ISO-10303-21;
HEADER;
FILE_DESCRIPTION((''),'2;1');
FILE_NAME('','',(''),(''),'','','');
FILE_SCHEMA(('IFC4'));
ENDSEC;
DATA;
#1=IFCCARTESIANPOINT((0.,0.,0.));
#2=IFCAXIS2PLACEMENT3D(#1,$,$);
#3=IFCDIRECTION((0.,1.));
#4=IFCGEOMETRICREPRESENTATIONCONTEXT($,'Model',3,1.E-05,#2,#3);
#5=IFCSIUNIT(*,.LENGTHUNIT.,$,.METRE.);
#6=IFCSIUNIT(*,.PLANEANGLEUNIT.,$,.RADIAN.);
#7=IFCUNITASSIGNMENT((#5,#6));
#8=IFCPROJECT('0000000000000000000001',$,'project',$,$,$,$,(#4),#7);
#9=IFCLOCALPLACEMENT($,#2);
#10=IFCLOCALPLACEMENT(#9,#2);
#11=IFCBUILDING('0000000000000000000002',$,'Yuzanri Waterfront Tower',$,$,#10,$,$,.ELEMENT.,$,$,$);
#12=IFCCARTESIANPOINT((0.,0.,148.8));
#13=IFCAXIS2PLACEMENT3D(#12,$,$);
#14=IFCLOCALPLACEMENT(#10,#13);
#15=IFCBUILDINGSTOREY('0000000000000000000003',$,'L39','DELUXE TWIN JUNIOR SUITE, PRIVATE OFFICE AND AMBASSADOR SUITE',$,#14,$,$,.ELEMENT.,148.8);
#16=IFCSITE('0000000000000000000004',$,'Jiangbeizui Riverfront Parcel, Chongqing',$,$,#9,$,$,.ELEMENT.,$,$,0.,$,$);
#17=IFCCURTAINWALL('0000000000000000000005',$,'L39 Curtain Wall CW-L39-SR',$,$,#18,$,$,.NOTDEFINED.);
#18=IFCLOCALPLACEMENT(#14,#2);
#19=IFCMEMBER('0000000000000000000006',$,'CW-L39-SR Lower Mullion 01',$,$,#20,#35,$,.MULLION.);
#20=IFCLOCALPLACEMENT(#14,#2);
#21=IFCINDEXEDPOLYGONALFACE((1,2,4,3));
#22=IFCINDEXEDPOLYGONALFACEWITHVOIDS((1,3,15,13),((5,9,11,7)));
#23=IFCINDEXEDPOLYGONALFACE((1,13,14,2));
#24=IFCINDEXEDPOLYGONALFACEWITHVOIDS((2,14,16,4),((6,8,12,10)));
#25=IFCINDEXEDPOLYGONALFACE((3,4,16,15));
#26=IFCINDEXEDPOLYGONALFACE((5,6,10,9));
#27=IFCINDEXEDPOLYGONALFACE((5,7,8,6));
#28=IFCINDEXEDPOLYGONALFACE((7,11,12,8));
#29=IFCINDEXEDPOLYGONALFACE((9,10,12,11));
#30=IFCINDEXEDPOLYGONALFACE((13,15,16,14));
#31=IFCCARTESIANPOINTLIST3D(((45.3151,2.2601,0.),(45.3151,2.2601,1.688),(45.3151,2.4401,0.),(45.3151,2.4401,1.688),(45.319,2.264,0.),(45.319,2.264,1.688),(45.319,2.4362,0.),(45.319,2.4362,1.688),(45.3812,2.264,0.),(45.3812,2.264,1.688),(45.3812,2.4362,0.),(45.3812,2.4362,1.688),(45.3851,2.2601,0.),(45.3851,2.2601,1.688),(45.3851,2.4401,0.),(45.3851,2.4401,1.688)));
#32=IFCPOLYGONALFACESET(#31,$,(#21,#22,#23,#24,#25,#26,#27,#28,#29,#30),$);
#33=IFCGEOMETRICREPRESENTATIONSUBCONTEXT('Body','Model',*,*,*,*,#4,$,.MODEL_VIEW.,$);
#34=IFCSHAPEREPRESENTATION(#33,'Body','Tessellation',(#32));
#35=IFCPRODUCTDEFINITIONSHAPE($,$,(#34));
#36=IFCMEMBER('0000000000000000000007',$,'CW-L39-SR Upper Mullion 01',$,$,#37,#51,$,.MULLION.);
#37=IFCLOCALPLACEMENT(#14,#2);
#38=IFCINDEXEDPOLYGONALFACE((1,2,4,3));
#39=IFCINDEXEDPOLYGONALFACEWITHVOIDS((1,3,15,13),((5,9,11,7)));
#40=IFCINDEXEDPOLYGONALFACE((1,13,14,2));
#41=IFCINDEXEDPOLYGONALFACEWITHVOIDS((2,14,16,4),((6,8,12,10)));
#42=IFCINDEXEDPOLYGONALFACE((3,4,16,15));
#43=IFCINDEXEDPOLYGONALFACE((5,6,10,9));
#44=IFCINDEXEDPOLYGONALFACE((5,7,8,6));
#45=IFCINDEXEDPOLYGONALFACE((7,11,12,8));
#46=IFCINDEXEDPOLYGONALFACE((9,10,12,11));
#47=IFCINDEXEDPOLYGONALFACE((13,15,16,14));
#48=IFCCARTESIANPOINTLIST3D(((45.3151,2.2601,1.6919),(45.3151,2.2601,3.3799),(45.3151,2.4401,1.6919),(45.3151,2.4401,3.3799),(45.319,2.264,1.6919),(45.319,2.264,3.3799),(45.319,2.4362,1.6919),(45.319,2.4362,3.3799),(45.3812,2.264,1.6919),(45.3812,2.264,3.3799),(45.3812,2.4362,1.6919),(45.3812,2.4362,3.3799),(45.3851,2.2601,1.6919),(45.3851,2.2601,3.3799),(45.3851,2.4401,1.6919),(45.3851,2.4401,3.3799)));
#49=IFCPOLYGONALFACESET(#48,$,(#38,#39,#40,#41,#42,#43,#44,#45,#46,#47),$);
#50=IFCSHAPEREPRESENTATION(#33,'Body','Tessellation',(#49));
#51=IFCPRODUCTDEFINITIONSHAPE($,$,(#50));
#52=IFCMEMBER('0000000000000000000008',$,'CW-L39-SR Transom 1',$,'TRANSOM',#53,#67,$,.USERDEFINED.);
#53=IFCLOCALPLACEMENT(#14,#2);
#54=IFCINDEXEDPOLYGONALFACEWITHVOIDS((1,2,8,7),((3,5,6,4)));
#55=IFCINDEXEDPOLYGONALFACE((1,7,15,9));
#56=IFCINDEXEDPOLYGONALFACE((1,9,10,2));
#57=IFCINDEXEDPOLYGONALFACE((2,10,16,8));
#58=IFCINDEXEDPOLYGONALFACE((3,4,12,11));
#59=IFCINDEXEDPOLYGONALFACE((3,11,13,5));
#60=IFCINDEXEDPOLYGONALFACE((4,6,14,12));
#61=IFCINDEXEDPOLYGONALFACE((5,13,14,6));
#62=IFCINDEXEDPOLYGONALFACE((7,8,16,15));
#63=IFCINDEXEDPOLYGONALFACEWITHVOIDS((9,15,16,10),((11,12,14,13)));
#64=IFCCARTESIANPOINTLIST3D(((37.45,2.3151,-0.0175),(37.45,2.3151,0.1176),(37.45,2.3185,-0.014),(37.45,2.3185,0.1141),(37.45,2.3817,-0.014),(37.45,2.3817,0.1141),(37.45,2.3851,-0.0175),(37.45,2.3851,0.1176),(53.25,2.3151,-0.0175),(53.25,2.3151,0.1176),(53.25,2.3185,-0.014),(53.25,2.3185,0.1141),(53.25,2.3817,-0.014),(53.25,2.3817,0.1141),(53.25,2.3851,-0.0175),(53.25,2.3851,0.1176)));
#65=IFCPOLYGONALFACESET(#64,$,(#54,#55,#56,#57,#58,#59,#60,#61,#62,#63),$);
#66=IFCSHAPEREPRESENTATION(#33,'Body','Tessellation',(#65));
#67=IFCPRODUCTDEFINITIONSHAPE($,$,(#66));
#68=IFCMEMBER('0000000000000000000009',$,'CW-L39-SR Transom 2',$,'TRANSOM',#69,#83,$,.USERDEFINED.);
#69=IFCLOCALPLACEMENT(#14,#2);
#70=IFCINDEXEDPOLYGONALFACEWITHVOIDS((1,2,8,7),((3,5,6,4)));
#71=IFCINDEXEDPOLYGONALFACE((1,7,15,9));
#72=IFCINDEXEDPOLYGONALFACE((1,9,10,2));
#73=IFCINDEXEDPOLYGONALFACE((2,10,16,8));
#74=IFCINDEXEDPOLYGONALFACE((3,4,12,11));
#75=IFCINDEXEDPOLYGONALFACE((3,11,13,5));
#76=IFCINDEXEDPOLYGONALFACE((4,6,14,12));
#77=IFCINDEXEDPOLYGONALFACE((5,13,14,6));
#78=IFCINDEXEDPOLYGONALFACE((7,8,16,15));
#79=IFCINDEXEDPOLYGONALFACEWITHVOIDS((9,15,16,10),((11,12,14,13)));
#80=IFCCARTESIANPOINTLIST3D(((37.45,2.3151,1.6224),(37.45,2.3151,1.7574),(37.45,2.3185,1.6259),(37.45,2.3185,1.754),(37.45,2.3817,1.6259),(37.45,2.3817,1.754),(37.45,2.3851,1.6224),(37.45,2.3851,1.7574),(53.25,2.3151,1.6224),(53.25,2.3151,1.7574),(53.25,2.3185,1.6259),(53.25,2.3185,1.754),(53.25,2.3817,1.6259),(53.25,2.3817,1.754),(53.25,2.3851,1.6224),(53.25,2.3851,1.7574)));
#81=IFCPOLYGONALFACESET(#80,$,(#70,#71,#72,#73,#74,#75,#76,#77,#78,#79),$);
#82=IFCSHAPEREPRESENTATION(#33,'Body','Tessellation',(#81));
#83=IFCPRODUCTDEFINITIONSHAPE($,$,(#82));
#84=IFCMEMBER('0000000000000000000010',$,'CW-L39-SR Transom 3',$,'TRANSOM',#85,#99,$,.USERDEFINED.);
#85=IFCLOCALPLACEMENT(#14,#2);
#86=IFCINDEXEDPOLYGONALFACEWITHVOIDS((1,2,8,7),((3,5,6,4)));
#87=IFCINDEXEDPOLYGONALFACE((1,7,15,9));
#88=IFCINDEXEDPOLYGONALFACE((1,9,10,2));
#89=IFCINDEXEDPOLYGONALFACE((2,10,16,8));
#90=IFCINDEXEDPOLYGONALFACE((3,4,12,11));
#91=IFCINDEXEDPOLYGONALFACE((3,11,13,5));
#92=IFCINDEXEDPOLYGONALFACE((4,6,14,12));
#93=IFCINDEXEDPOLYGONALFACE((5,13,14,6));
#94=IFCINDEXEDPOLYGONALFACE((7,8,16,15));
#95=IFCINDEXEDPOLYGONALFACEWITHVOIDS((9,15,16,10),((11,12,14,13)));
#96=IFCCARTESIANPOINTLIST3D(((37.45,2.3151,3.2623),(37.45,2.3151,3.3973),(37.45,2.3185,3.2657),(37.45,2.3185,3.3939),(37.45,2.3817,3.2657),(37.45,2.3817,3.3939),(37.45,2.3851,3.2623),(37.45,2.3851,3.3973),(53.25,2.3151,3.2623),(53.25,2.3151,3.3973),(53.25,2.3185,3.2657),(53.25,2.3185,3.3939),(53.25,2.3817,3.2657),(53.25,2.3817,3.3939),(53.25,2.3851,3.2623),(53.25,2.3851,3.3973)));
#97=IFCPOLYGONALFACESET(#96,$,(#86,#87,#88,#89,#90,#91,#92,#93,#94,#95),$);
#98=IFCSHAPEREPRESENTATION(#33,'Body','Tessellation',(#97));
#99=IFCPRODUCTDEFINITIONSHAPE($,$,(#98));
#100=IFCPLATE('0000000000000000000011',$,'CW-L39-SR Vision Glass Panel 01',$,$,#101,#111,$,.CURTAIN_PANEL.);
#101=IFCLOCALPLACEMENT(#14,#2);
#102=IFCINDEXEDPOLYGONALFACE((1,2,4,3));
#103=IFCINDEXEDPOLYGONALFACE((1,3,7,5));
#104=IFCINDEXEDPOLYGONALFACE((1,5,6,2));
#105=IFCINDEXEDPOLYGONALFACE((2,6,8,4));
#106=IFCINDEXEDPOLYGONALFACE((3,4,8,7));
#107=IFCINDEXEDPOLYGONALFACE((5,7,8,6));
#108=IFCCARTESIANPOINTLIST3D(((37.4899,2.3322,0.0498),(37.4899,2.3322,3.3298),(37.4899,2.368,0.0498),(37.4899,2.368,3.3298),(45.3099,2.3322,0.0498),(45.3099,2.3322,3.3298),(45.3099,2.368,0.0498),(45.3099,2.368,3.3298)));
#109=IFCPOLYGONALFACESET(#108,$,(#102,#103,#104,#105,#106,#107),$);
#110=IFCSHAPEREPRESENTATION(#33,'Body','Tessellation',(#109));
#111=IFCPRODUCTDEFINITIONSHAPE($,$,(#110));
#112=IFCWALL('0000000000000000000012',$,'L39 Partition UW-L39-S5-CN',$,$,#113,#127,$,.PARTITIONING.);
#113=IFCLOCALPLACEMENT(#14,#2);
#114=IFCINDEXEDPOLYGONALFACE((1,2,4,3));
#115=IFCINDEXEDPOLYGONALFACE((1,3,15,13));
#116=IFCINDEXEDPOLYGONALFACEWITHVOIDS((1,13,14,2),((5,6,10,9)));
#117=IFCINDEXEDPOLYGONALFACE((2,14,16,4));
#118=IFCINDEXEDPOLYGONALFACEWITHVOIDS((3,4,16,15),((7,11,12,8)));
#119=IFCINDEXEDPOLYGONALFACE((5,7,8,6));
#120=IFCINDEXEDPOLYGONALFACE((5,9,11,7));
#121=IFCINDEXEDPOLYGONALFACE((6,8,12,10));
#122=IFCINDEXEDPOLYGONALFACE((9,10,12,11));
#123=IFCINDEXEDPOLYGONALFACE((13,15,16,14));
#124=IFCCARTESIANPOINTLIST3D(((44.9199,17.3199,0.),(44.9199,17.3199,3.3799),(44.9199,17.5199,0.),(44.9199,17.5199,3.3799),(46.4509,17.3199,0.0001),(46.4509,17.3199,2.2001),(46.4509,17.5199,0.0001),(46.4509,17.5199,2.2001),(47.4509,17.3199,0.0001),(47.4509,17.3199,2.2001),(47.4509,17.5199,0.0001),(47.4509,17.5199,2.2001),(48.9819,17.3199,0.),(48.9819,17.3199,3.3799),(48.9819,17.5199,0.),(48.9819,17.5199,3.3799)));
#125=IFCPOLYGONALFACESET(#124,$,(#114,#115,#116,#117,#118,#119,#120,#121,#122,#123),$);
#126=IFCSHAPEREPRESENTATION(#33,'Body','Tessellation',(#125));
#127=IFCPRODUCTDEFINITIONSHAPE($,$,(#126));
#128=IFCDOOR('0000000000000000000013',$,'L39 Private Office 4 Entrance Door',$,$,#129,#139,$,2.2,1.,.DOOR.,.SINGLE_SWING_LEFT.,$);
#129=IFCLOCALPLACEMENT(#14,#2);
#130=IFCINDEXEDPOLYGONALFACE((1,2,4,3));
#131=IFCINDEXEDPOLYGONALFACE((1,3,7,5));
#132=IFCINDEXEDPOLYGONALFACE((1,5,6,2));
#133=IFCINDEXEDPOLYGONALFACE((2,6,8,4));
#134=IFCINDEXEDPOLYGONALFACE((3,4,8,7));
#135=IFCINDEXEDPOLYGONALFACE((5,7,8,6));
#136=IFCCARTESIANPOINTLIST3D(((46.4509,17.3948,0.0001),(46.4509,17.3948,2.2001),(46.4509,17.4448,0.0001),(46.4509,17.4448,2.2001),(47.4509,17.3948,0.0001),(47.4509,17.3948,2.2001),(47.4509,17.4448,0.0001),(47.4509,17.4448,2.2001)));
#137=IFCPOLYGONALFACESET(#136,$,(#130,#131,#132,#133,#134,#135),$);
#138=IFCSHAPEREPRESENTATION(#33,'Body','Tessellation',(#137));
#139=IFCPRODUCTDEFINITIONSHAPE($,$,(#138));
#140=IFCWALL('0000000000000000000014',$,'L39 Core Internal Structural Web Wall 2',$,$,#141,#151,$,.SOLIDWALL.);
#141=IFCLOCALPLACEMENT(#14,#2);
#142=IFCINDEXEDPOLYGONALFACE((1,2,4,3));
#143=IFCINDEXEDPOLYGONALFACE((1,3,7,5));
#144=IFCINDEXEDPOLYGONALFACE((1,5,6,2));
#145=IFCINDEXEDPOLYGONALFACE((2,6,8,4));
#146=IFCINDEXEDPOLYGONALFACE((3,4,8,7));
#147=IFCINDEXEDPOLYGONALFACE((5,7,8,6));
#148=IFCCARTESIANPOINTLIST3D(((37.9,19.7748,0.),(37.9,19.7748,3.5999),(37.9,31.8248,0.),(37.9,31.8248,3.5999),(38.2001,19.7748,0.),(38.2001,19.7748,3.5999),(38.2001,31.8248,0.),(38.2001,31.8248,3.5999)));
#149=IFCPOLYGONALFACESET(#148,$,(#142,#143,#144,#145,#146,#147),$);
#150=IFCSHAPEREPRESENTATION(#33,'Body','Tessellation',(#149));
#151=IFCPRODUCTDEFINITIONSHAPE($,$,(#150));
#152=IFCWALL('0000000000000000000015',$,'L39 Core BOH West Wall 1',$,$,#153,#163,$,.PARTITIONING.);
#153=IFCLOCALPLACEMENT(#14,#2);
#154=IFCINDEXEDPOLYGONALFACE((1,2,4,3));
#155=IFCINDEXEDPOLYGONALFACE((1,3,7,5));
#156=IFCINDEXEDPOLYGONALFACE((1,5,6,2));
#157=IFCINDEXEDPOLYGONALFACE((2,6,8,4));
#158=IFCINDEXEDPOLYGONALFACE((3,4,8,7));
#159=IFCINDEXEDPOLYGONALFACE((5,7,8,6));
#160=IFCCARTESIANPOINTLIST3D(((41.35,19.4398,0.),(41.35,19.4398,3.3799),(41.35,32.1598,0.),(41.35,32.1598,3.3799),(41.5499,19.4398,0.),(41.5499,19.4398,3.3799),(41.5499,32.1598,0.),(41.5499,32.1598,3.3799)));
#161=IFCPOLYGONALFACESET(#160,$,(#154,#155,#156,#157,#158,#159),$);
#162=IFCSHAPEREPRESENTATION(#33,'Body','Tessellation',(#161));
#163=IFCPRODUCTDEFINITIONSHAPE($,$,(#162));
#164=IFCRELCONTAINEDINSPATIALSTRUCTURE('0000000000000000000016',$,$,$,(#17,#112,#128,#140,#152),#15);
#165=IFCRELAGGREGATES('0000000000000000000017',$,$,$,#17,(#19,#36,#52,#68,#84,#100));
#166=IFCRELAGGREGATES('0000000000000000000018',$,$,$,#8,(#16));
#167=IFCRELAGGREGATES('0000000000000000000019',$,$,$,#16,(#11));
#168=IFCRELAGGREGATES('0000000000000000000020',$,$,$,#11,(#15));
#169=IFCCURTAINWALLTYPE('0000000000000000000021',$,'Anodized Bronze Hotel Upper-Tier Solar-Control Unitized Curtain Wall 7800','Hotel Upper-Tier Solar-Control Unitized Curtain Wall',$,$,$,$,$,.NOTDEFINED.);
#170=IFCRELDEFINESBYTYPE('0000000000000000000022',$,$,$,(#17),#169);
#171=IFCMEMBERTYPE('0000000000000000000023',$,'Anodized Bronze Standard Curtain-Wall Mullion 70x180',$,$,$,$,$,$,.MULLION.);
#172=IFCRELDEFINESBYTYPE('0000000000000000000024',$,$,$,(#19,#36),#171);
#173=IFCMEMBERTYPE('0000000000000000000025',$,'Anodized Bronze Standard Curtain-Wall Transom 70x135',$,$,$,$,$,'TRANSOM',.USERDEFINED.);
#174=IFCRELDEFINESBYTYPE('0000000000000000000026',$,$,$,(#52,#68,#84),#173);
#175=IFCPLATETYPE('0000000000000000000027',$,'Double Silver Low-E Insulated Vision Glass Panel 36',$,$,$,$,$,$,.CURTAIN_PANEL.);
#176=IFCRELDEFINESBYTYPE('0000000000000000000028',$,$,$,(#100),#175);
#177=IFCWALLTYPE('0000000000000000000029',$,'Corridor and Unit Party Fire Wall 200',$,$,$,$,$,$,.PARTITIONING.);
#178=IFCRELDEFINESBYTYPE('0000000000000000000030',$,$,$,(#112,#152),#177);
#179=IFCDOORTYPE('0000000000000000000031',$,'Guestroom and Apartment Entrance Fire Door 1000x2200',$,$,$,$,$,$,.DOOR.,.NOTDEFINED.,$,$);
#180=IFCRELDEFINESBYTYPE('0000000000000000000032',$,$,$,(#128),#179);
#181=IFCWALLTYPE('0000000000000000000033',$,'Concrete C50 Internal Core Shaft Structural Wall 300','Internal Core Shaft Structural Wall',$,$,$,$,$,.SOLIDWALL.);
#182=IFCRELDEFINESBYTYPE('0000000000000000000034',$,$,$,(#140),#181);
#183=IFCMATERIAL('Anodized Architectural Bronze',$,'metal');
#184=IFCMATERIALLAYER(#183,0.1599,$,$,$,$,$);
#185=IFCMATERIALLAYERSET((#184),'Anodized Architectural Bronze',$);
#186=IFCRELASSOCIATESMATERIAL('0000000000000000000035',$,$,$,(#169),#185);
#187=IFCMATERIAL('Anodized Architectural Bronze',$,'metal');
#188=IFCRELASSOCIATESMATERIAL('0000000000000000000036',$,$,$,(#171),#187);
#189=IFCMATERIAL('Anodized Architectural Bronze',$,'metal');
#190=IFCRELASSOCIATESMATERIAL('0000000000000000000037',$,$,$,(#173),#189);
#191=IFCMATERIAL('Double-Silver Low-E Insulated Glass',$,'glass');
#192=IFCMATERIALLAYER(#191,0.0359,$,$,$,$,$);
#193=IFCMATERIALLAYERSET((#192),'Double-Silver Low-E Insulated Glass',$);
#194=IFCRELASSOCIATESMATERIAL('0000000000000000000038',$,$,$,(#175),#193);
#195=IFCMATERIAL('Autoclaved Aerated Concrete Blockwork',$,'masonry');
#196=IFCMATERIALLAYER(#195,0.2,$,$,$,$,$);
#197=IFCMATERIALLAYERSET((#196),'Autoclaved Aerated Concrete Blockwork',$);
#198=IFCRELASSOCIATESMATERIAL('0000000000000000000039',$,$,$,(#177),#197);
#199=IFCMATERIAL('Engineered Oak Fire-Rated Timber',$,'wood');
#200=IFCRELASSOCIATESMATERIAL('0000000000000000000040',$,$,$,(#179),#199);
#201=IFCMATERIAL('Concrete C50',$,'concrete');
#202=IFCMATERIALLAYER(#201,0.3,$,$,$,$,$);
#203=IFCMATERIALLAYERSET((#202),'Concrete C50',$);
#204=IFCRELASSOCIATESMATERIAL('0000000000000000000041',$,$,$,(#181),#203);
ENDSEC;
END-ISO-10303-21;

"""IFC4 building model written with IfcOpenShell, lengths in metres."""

from ifc_helpers import new_model, si_unit, direction, frame, frame_2d, origin, origin_2d, place, context, subcontext, project, spatial, rectangle, hollow_rectangle, extrude, source, transform, mapped, material, layer, layer_set, material_profile, profile_set, type_object, element, fill, aggregate, save


model = new_model("IFC4")

# Units and contexts
model_context = context("Model", 3, precision=1e-05, world=origin(), true_north=direction((0.0, 1.0)))
body_context = subcontext(model_context, "Body", "Model", "MODEL_VIEW")
ifc_project = project(units=[si_unit("LENGTHUNIT", "METRE"), si_unit("PLANEANGLEUNIT", "RADIAN")], contexts=[model_context])

# Site, building, storey
site_placement = place(None, origin())
site = spatial("IfcSite", under=ifc_project, at=site_placement, Name="Jiangbeizui Riverfront Parcel, Chongqing", CompositionType="ELEMENT", RefElevation=0.0)
building_placement = place(site_placement, origin())
building = spatial("IfcBuilding", under=site, at=building_placement, Name="Yuzanri Waterfront Tower", CompositionType="ELEMENT")
storey_placement = place(building_placement, frame((0.0, 0.0, 148.8)))
storey = spatial("IfcBuildingStorey", under=building, at=storey_placement, Name="L39", Description="DELUXE TWIN JUNIOR SUITE, PRIVATE OFFICE AND AMBASSADOR SUITE", CompositionType="ELEMENT", Elevation=148.8)

# Curtain wall, members, plate
ifc_material_1 = material(Name="Anodized Architectural Bronze", Category="metal")
ifc_layer_1 = layer(ifc_material_1, 0.1599)
ifc_layer_set_1 = layer_set([ifc_layer_1], Name="Anodized Architectural Bronze")
curtain_wall_type = type_object("IfcCurtainWallType", Name="Anodized Bronze Hotel Upper-Tier Solar-Control Unitized Curtain Wall 7800", Description="Hotel Upper-Tier Solar-Control Unitized Curtain Wall", PredefinedType="NOTDEFINED", material=ifc_layer_set_1)
curtain_wall_placement = place(storey_placement, origin())
curtain_wall = element("IfcCurtainWall", 1, at=curtain_wall_placement, inside=storey, type_object=curtain_wall_type, Name="L39 Curtain Wall CW-L39-SR", PredefinedType="NOTDEFINED")
ifc_material_2 = material(Name="Anodized Architectural Bronze", Category="metal")
ifc_material_profile_1 = material_profile(ifc_material_2, hollow_rectangle(XDim=0.0701, YDim=0.1799, WallThickness=0.0039, at=origin_2d()), Name="CWM 70x180")
ifc_profile_set_1 = profile_set([ifc_material_profile_1], Name="Anodized Architectural Bronze")
member_type_1 = type_object("IfcMemberType", Name="Anodized Bronze Standard Curtain-Wall Mullion 70x180", PredefinedType="MULLION", material=ifc_profile_set_1)
shared_shape_1 = source(origin(), body_context, "Body", "SweptSolid", [
    extrude(hollow_rectangle(XDim=0.0701, YDim=0.1799, WallThickness=0.0039, at=origin_2d()), origin(), (0.0, 0.0, 1.0), 1.688),
])
member_1_placement = place(storey_placement, frame((45.3501, 2.3501, 0.0), z_axis=(0.0, 0.0, 1.0), x_axis=(1.0, 0.0, 0.0)))
member_1 = element("IfcMember", 2, at=member_1_placement, type_object=member_type_1, Name="CW-L39-SR Lower Mullion 01", PredefinedType="MULLION", context=body_context, shape_type="MappedRepresentation", body=[
    mapped(shared_shape_1, transform((0.0, 0.0, 0.0), scale=1.0)),
])
member_2_placement = place(storey_placement, frame((45.3501, 2.3501, 1.6919), z_axis=(0.0, 0.0, 1.0), x_axis=(1.0, 0.0, 0.0)))
member_2 = element("IfcMember", 3, at=member_2_placement, type_object=member_type_1, Name="CW-L39-SR Upper Mullion 01", PredefinedType="MULLION", context=body_context, shape_type="MappedRepresentation", body=[
    mapped(shared_shape_1, transform((0.0, 0.0, 0.0), scale=1.0)),
])
ifc_material_3 = material(Name="Anodized Architectural Bronze", Category="metal")
ifc_material_profile_2 = material_profile(ifc_material_3, hollow_rectangle(XDim=0.0701, YDim=0.135, WallThickness=0.0034, at=origin_2d()), Name="CWT 70x135")
ifc_profile_set_2 = profile_set([ifc_material_profile_2], Name="Anodized Architectural Bronze")
member_type_2 = type_object("IfcMemberType", Name="Anodized Bronze Standard Curtain-Wall Transom 70x135", ElementType="TRANSOM", PredefinedType="USERDEFINED", material=ifc_profile_set_2)
shared_shape_2 = source(origin(), body_context, "Body", "SweptSolid", [
    extrude(hollow_rectangle(XDim=0.0701, YDim=0.135, WallThickness=0.0034, at=origin_2d()), origin(), (0.0, 0.0, 1.0), 15.8),
])
member_3_placement = place(storey_placement, frame((37.45, 2.3501, 0.05), z_axis=(1.0, 0.0, 0.0), x_axis=(0.0, 1.0, 0.0)))
member_3 = element("IfcMember", 4, at=member_3_placement, type_object=member_type_2, Name="CW-L39-SR Transom 1", ObjectType="TRANSOM", PredefinedType="USERDEFINED", context=body_context, shape_type="MappedRepresentation", body=[
    mapped(shared_shape_2, transform((0.0, 0.0, 0.0), scale=1.0)),
])
member_4_placement = place(storey_placement, frame((37.45, 2.3501, 1.6899), z_axis=(1.0, 0.0, 0.0), x_axis=(0.0, 1.0, 0.0)))
member_4 = element("IfcMember", 5, at=member_4_placement, type_object=member_type_2, Name="CW-L39-SR Transom 2", ObjectType="TRANSOM", PredefinedType="USERDEFINED", context=body_context, shape_type="MappedRepresentation", body=[
    mapped(shared_shape_2, transform((0.0, 0.0, 0.0), scale=1.0)),
])
member_5_placement = place(storey_placement, frame((37.45, 2.3501, 3.3298), z_axis=(1.0, 0.0, 0.0), x_axis=(0.0, 1.0, 0.0)))
member_5 = element("IfcMember", 6, at=member_5_placement, type_object=member_type_2, Name="CW-L39-SR Transom 3", ObjectType="TRANSOM", PredefinedType="USERDEFINED", context=body_context, shape_type="MappedRepresentation", body=[
    mapped(shared_shape_2, transform((0.0, 0.0, 0.0), scale=1.0)),
])
ifc_material_4 = material(Name="Double-Silver Low-E Insulated Glass", Category="glass")
ifc_layer_2 = layer(ifc_material_4, 0.0359)
ifc_layer_set_2 = layer_set([ifc_layer_2], Name="Double-Silver Low-E Insulated Glass")
plate_type = type_object("IfcPlateType", Name="Double Silver Low-E Insulated Vision Glass Panel 36", PredefinedType="CURTAIN_PANEL", material=ifc_layer_set_2)
shared_shape_3 = source(origin(), body_context, "Body", "SweptSolid", [
    extrude(rectangle(XDim=7.8201, YDim=0.0359, at=origin_2d()), origin(), (0.0, 0.0, 1.0), 3.28),
])
plate_placement = place(storey_placement, frame((41.3999, 2.3501, 0.0498), z_axis=(0.0, 0.0, 1.0), x_axis=(1.0, 0.0, 0.0)))
plate = element("IfcPlate", 7, at=plate_placement, type_object=plate_type, Name="CW-L39-SR Vision Glass Panel 01", PredefinedType="CURTAIN_PANEL", context=body_context, shape_type="MappedRepresentation", body=[
    mapped(shared_shape_3, transform((0.0, 0.0, 0.0), scale=1.0)),
])
aggregate(curtain_wall, [member_1, member_2, member_3, member_4, member_5, plate])

# Wall, opening, door
ifc_material_5 = material(Name="Autoclaved Aerated Concrete Blockwork", Category="masonry")
ifc_layer_3 = layer(ifc_material_5, 0.2)
ifc_layer_set_3 = layer_set([ifc_layer_3], Name="Autoclaved Aerated Concrete Blockwork")
wall_type_1 = type_object("IfcWallType", Name="Corridor and Unit Party Fire Wall 200", PredefinedType="PARTITIONING", material=ifc_layer_set_3)
wall_1_placement = place(storey_placement, frame((44.9199, 17.4199, 0.0), z_axis=(0.0, 0.0, 1.0), x_axis=(1.0, 0.0, 0.0)))
wall_1 = element("IfcWall", 8, at=wall_1_placement, inside=storey, type_object=wall_type_1, Name="L39 Partition UW-L39-S5-CN", PredefinedType="PARTITIONING", context=body_context, shape_type="SweptSolid", body=[
    extrude(rectangle(XDim=4.062, YDim=0.2, at=frame_2d((2.031, 0.0))), origin(), (0.0, 0.0, 1.0), 3.3799),
])
opening_placement = place(wall_1_placement, frame((1.531, 0.0, 0.0)))
opening = element("IfcOpeningElement", 9, at=opening_placement, cuts=wall_1, PredefinedType="OPENING", context=body_context, shape_type="SweptSolid", body=[
    extrude(rectangle(XDim=1.0, YDim=2.2, at=frame_2d((0.5, 1.1001))), frame((0.0, 0.1147, 0.0), z_axis=(0.0, -1.0, 0.0), x_axis=(1.0, 0.0, 0.0)), (0.0, 0.0, 1.0), 0.2297),
])
ifc_material_6 = material(Name="Engineered Oak Fire-Rated Timber", Category="wood")
door_type = type_object("IfcDoorType", Name="Guestroom and Apartment Entrance Fire Door 1000x2200", OperationType="NOTDEFINED", PredefinedType="DOOR", material=ifc_material_6)
shared_shape_4 = source(origin(), body_context, "Body", "SweptSolid", [
    extrude(rectangle(XDim=1.0, YDim=2.2, at=frame_2d((0.5, 1.1001))), frame((0.0, 0.0249, 0.0), z_axis=(0.0, -1.0, 0.0), x_axis=(1.0, 0.0, 0.0)), (0.0, 0.0, 1.0), 0.05),
])
door_placement = place(opening_placement, origin())
door = element("IfcDoor", 10, at=door_placement, inside=storey, type_object=door_type, Name="L39 Private Office 4 Entrance Door", OperationType="SINGLE_SWING_LEFT", OverallHeight=2.2, OverallWidth=1.0, PredefinedType="DOOR", context=body_context, shape_type="MappedRepresentation", body=[
    mapped(shared_shape_4, transform((0.0, 0.0, 0.0), scale=1.0)),
])
fill(opening, door)

# Walls
ifc_material_7 = material(Name="Concrete C50", Category="concrete")
ifc_layer_4 = layer(ifc_material_7, 0.3)
ifc_layer_set_4 = layer_set([ifc_layer_4], Name="Concrete C50")
wall_type_2 = type_object("IfcWallType", Name="Concrete C50 Internal Core Shaft Structural Wall 300", Description="Internal Core Shaft Structural Wall", PredefinedType="SOLIDWALL", material=ifc_layer_set_4)
shared_shape_5 = source(origin(), body_context, "Body", "SweptSolid", [
    extrude(rectangle(XDim=12.05, YDim=0.3, at=frame_2d((6.0249, 0.0))), origin(), (0.0, 0.0, 1.0), 3.5999),
])
wall_2_placement = place(storey_placement, frame((38.05, 19.7749, 0.0), z_axis=(0.0, 0.0, 1.0), x_axis=(0.0, 1.0, 0.0)))
element("IfcWall", 11, at=wall_2_placement, inside=storey, type_object=wall_type_2, Name="L39 Core Internal Structural Web Wall 2", PredefinedType="SOLIDWALL", context=body_context, shape_type="MappedRepresentation", body=[
    mapped(shared_shape_5, transform((0.0, 0.0, 0.0), scale=1.0)),
])
shared_shape_6 = source(origin(), body_context, "Body", "SweptSolid", [
    extrude(rectangle(XDim=12.72, YDim=0.2, at=frame_2d((6.3599, 0.0))), origin(), (0.0, 0.0, 1.0), 3.3799),
])
wall_3_placement = place(storey_placement, frame((41.45, 19.4399, 0.0), z_axis=(0.0, 0.0, 1.0), x_axis=(0.0, 1.0, 0.0)))
element("IfcWall", 12, at=wall_3_placement, inside=storey, type_object=wall_type_1, Name="L39 Core BOH West Wall 1", PredefinedType="PARTITIONING", context=body_context, shape_type="MappedRepresentation", body=[
    mapped(shared_shape_6, transform((0.0, 0.0, 0.0), scale=1.0)),
])

save(model, "model.ifc")
